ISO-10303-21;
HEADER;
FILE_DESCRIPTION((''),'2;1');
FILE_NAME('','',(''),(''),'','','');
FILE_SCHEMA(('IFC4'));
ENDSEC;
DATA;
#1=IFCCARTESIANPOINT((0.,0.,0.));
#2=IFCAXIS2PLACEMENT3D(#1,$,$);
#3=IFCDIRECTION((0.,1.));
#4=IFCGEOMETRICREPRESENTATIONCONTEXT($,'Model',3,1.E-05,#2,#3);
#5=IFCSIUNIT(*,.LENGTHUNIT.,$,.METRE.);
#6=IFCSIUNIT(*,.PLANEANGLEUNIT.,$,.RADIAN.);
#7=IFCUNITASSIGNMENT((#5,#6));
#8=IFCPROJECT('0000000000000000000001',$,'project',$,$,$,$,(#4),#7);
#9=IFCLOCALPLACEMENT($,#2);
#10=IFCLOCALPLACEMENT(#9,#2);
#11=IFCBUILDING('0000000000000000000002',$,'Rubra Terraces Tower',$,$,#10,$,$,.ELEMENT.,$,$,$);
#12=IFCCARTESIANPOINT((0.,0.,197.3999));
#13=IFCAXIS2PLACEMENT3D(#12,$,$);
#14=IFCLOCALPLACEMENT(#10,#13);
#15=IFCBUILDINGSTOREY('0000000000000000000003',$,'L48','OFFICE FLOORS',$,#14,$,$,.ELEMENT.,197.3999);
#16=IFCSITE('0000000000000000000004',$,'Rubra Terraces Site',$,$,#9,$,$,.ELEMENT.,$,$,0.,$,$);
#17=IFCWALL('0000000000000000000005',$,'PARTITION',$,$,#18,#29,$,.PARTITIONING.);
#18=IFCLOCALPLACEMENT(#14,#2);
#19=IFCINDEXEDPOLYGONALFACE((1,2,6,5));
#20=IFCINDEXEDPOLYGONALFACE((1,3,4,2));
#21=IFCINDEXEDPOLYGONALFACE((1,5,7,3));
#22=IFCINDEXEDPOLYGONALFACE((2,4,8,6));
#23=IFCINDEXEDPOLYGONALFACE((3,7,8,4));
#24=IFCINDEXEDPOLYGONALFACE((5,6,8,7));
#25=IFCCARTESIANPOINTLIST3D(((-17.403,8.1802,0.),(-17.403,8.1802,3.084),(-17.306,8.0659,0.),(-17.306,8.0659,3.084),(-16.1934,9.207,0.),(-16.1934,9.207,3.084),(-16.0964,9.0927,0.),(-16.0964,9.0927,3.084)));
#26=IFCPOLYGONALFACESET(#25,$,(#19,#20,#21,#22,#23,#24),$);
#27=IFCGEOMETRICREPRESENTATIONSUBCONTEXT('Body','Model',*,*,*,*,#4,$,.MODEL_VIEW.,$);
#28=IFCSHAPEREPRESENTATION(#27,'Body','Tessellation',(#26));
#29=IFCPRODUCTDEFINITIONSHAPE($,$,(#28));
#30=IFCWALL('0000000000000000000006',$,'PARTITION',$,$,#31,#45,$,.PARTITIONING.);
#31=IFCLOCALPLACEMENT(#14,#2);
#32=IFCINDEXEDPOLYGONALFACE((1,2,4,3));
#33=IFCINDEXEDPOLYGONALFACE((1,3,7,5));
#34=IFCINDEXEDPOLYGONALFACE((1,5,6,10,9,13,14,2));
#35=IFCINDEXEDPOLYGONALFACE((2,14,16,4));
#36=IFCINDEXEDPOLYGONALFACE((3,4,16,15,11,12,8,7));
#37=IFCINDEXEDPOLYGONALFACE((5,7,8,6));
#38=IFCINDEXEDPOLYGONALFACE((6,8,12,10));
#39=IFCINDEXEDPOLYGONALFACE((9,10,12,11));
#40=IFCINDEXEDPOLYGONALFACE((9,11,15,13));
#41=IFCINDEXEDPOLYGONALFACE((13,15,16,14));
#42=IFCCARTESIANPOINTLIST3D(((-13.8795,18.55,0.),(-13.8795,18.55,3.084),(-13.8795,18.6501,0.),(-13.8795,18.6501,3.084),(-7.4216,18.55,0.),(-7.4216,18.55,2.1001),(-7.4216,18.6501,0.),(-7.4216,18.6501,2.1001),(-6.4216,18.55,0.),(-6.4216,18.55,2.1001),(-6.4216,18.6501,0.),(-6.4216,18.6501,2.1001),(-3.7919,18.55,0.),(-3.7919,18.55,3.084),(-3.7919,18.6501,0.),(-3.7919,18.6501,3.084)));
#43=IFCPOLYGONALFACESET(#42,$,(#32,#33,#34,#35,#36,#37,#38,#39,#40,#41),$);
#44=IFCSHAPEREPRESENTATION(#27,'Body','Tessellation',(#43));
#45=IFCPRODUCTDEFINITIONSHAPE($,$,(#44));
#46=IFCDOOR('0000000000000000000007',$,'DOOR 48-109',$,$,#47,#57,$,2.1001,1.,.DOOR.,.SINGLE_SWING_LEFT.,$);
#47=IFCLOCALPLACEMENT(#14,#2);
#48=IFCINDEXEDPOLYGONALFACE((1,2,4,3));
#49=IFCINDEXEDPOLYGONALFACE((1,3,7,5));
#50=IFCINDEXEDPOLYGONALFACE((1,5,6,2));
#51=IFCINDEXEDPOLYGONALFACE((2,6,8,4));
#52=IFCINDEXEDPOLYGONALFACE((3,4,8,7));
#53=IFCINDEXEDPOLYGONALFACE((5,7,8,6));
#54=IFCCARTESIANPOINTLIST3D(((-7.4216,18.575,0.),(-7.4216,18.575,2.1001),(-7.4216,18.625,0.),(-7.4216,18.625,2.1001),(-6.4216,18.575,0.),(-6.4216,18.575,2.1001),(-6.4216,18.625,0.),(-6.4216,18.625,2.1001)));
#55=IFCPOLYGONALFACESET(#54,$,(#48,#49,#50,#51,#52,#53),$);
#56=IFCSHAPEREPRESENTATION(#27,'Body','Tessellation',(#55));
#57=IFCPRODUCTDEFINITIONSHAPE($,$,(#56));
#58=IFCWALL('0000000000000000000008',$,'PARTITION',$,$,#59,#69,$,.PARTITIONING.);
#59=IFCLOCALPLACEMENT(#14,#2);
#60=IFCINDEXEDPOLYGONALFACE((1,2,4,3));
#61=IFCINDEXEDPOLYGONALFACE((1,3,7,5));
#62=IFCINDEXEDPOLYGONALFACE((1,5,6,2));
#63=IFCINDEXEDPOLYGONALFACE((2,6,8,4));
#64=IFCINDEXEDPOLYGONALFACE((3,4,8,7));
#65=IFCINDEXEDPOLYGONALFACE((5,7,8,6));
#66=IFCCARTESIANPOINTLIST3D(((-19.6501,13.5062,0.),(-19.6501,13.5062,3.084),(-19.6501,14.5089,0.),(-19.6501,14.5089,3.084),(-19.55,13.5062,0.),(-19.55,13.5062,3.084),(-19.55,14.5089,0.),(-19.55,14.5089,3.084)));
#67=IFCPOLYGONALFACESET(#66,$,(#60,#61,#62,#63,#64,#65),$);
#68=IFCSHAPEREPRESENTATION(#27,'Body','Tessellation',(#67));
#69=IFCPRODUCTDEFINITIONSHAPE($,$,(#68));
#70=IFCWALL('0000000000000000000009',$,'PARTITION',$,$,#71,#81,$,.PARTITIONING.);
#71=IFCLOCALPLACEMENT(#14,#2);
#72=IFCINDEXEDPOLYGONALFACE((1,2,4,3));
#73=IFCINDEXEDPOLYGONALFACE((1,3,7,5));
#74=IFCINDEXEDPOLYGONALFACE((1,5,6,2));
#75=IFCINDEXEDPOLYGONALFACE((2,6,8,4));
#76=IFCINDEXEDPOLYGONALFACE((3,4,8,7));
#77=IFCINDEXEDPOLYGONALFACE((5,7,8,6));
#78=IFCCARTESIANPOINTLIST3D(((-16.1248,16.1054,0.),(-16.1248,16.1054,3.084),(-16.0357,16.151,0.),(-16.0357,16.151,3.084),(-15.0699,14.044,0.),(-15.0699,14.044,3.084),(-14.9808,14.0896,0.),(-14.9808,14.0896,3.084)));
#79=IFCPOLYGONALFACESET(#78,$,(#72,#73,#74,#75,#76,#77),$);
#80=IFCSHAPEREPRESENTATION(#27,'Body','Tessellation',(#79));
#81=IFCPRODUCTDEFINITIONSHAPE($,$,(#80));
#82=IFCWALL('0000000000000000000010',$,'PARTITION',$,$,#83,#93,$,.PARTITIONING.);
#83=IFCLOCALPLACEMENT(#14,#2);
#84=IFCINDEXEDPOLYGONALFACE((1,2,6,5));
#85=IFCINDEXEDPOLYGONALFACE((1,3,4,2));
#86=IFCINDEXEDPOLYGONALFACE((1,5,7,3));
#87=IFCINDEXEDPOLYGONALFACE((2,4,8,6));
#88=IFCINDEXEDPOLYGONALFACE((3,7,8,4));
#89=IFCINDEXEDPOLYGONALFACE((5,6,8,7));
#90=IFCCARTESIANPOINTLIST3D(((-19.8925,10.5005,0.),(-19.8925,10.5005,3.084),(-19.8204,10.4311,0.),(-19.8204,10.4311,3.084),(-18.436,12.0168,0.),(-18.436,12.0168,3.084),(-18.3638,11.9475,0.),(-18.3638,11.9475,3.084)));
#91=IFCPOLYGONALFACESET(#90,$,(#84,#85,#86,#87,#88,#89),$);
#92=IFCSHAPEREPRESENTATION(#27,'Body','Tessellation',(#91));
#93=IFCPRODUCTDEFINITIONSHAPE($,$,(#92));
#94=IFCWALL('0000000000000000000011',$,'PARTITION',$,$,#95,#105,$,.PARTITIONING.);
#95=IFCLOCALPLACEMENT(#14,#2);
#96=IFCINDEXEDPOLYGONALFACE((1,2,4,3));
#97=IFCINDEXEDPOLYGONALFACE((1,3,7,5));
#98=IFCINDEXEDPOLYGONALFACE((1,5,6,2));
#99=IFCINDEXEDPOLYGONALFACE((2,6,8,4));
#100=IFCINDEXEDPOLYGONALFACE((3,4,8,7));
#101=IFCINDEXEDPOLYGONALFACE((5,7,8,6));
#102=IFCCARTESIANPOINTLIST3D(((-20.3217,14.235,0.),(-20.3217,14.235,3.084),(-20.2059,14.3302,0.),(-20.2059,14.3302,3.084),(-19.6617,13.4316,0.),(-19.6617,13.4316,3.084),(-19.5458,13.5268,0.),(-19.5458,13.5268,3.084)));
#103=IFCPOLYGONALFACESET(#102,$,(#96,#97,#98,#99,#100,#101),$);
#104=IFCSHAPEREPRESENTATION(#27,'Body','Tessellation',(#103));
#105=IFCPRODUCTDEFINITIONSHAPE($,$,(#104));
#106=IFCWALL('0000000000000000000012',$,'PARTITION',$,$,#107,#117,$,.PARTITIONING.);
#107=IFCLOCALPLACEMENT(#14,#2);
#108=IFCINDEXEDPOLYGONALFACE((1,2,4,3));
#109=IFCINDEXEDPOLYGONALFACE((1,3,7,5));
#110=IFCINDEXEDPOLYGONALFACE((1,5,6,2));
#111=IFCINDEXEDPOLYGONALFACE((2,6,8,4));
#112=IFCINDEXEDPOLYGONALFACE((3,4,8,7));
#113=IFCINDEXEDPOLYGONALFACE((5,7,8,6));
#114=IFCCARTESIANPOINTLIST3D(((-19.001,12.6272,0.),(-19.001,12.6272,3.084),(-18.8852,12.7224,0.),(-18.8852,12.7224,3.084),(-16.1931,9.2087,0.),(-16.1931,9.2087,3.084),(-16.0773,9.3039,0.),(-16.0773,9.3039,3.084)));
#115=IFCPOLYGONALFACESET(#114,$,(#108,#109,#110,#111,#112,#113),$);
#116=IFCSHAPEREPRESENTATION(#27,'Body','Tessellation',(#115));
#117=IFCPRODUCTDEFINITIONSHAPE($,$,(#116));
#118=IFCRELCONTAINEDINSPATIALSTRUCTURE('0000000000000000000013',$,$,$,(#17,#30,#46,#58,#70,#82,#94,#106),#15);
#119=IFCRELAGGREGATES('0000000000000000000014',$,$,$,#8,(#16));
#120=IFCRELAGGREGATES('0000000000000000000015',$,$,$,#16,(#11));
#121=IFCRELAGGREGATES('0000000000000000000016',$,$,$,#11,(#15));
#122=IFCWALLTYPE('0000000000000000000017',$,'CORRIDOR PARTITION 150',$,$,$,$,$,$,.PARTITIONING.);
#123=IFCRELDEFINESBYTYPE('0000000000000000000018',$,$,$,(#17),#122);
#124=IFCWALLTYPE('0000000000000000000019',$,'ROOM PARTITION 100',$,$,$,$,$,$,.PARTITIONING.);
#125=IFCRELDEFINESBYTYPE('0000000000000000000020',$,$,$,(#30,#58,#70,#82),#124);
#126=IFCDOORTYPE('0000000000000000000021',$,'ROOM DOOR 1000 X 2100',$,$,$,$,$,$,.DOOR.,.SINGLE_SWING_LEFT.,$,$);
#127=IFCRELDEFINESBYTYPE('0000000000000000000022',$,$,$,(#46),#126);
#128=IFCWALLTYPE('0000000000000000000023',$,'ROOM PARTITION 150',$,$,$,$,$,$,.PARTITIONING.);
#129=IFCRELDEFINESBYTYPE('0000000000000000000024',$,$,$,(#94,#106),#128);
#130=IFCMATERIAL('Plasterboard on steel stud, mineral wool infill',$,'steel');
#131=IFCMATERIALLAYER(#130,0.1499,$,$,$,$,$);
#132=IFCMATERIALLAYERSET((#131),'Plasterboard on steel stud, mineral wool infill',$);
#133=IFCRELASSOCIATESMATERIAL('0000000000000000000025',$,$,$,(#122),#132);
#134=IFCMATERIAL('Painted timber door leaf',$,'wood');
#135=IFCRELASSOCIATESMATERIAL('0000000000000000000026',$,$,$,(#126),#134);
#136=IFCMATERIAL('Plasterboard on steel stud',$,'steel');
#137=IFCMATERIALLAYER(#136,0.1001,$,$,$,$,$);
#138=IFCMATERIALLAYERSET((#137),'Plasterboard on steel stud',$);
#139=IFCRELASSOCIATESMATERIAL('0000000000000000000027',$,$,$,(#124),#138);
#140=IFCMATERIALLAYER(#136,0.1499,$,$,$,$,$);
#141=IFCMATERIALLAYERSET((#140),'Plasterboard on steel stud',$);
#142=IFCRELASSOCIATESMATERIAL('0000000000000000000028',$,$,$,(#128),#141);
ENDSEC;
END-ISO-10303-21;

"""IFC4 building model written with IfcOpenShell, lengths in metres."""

from ifc_helpers import new_model, si_unit, direction, frame, frame_2d, origin, place, context, subcontext, project, spatial, rectangle, extrude, material, layer, layer_set, type_object, element, fill, save


model = new_model("IFC4")

# Units and contexts
model_context = context("Model", 3, precision=1e-05, world=origin(), true_north=direction((0.0, 1.0)))
body_context = subcontext(model_context, "Body", "Model", "MODEL_VIEW")
ifc_project = project(units=[si_unit("LENGTHUNIT", "METRE"), si_unit("PLANEANGLEUNIT", "RADIAN")], contexts=[model_context])

# Site, building, storey
site_placement = place(None, origin())
site = spatial("IfcSite", under=ifc_project, at=site_placement, Name="Rubra Terraces Site", CompositionType="ELEMENT", RefElevation=0.0)
building_placement = place(site_placement, origin())
building = spatial("IfcBuilding", under=site, at=building_placement, Name="Rubra Terraces Tower", CompositionType="ELEMENT")
storey_placement = place(building_placement, frame((0.0, 0.0, 197.3999)))
storey = spatial("IfcBuildingStorey", under=building, at=storey_placement, Name="L48", Description="OFFICE FLOORS", CompositionType="ELEMENT", Elevation=197.3999)

# Shared definitions
ifc_material_1 = material(Name="Plasterboard on steel stud, mineral wool infill", Category="steel")
ifc_layer_1 = layer(ifc_material_1, 0.1499)
ifc_layer_set_1 = layer_set([ifc_layer_1], Name="Plasterboard on steel stud, mineral wool infill")
wall_type_1 = type_object("IfcWallType", Name="CORRIDOR PARTITION 150", PredefinedType="PARTITIONING", material=ifc_layer_set_1)
ifc_material_2 = material(Name="Painted timber door leaf", Category="wood")
door_type = type_object("IfcDoorType", Name="ROOM DOOR 1000 X 2100", OperationType="SINGLE_SWING_LEFT", PredefinedType="DOOR", material=ifc_material_2)

# Wall
wall_1_placement = place(storey_placement, frame((-16.1448, 9.1499, 0.0), z_axis=(0.0, 0.0, 1.0), x_axis=(-0.762376, -0.647135, 0.0)))
element("IfcWall", 1, at=wall_1_placement, inside=storey, type_object=wall_type_1, Name="PARTITION", PredefinedType="PARTITIONING", context=body_context, shape_type="SweptSolid", body=[
    extrude(rectangle(XDim=1.5867, YDim=0.1499, at=frame_2d((0.7935, 0.0))), origin(), (0.0, 0.0, 1.0), 3.084),
])

# Wall, opening, door
ifc_material_3 = material(Name="Plasterboard on steel stud", Category="steel")
ifc_layer_2 = layer(ifc_material_3, 0.1001)
ifc_layer_set_2 = layer_set([ifc_layer_2], Name="Plasterboard on steel stud")
wall_type_2 = type_object("IfcWallType", Name="ROOM PARTITION 100", PredefinedType="PARTITIONING", material=ifc_layer_set_2)
wall_2_placement = place(storey_placement, frame((-13.8796, 18.6001, 0.0), z_axis=(0.0, 0.0, 1.0), x_axis=(1.0, 0.0, 0.0)))
wall_2 = element("IfcWall", 2, at=wall_2_placement, inside=storey, type_object=wall_type_2, Name="PARTITION", PredefinedType="PARTITIONING", context=body_context, shape_type="SweptSolid", body=[
    extrude(rectangle(XDim=10.0876, YDim=0.1001, at=frame_2d((5.0439, 0.0))), origin(), (0.0, 0.0, 1.0), 3.084),
])
opening_1_placement = place(wall_2_placement, frame((6.458, 0.0, 0.0)))
opening_1 = element("IfcOpeningElement", 3, at=opening_1_placement, cuts=wall_2, PredefinedType="OPENING", context=body_context, shape_type="SweptSolid", body=[
    extrude(rectangle(XDim=1.0, YDim=2.1001, at=frame_2d((0.5, 1.05))), frame((0.0, 0.0601, 0.0), z_axis=(0.0, -1.0, 0.0), x_axis=(1.0, 0.0, 0.0)), (0.0, 0.0, 1.0), 0.1201),
])
door_1_placement = place(opening_1_placement, origin())
door_1 = element("IfcDoor", 4, at=door_1_placement, inside=storey, type_object=door_type, Name="DOOR 48-109", OperationType="SINGLE_SWING_LEFT", OverallHeight=2.1001, OverallWidth=1.0, PredefinedType="DOOR", context=body_context, shape_type="SweptSolid", body=[
    extrude(rectangle(XDim=1.0, YDim=2.1001, at=frame_2d((0.5, 1.05))), frame((0.0, 0.0249, 0.0), z_axis=(0.0, -1.0, 0.0), x_axis=(1.0, 0.0, 0.0)), (0.0, 0.0, 1.0), 0.05),
])
fill(opening_1, door_1)

# Walls
wall_3_placement = place(storey_placement, frame((-19.6001, 13.5061, 0.0), z_axis=(0.0, 0.0, 1.0), x_axis=(0.0, 1.0, 0.0)))
element("IfcWall", 5, at=wall_3_placement, inside=storey, type_object=wall_type_2, Name="PARTITION", PredefinedType="PARTITIONING", context=body_context, shape_type="SweptSolid", body=[
    extrude(rectangle(XDim=1.0027, YDim=0.1001, at=frame_2d((0.5015, 0.0))), origin(), (0.0, 0.0, 1.0), 3.084),
])
wall_4_placement = place(storey_placement, frame((-15.0254, 14.0669, 0.0), z_axis=(0.0, 0.0, 1.0), x_axis=(-0.455544, 0.890213, 0.0)))
element("IfcWall", 6, at=wall_4_placement, inside=storey, type_object=wall_type_2, Name="PARTITION", PredefinedType="PARTITIONING", context=body_context, shape_type="SweptSolid", body=[
    extrude(rectangle(XDim=2.3157, YDim=0.1001, at=frame_2d((1.1577, 0.0))), origin(), (0.0, 0.0, 1.0), 3.084),
])
wall_5_placement = place(storey_placement, frame((-19.8564, 10.4658, 0.0), z_axis=(0.0, 0.0, 1.0), x_axis=(0.69274, 0.721188, 0.0)))
element("IfcWall", 7, at=wall_5_placement, inside=storey, type_object=wall_type_2, Name="PARTITION", PredefinedType="PARTITIONING", context=body_context, shape_type="SweptSolid", body=[
    extrude(rectangle(XDim=2.1025, YDim=0.1001, at=frame_2d((1.0513, 0.0))), origin(), (0.0, 0.0, 1.0), 3.084),
])
ifc_layer_3 = layer(ifc_material_3, 0.1499)
ifc_layer_set_3 = layer_set([ifc_layer_3], Name="Plasterboard on steel stud")
wall_type_3 = type_object("IfcWallType", Name="ROOM PARTITION 150", PredefinedType="PARTITIONING", material=ifc_layer_set_3)
wall_6_placement = place(storey_placement, frame((-20.2639, 14.2827, 0.0), z_axis=(0.0, 0.0, 1.0), x_axis=(0.634835, -0.772648, 0.0)))
element("IfcWall", 8, at=wall_6_placement, inside=storey, type_object=wall_type_3, Name="PARTITION", PredefinedType="PARTITIONING", context=body_context, shape_type="SweptSolid", body=[
    extrude(rectangle(XDim=1.0398, YDim=0.1499, at=frame_2d((0.52, 0.0))), origin(), (0.0, 0.0, 1.0), 3.084),
])
wall_7_placement = place(storey_placement, frame((-18.9431, 12.6748, 0.0), z_axis=(0.0, 0.0, 1.0), x_axis=(0.634718, -0.772744, 0.0)))
element("IfcWall", 9, at=wall_7_placement, inside=storey, type_object=wall_type_3, Name="PARTITION", PredefinedType="PARTITIONING", context=body_context, shape_type="SweptSolid", body=[
    extrude(rectangle(XDim=4.4238, YDim=0.1499, at=frame_2d((2.2119, 0.0))), origin(), (0.0, 0.0, 1.0), 3.084),
])

save(model, "model.ifc")
